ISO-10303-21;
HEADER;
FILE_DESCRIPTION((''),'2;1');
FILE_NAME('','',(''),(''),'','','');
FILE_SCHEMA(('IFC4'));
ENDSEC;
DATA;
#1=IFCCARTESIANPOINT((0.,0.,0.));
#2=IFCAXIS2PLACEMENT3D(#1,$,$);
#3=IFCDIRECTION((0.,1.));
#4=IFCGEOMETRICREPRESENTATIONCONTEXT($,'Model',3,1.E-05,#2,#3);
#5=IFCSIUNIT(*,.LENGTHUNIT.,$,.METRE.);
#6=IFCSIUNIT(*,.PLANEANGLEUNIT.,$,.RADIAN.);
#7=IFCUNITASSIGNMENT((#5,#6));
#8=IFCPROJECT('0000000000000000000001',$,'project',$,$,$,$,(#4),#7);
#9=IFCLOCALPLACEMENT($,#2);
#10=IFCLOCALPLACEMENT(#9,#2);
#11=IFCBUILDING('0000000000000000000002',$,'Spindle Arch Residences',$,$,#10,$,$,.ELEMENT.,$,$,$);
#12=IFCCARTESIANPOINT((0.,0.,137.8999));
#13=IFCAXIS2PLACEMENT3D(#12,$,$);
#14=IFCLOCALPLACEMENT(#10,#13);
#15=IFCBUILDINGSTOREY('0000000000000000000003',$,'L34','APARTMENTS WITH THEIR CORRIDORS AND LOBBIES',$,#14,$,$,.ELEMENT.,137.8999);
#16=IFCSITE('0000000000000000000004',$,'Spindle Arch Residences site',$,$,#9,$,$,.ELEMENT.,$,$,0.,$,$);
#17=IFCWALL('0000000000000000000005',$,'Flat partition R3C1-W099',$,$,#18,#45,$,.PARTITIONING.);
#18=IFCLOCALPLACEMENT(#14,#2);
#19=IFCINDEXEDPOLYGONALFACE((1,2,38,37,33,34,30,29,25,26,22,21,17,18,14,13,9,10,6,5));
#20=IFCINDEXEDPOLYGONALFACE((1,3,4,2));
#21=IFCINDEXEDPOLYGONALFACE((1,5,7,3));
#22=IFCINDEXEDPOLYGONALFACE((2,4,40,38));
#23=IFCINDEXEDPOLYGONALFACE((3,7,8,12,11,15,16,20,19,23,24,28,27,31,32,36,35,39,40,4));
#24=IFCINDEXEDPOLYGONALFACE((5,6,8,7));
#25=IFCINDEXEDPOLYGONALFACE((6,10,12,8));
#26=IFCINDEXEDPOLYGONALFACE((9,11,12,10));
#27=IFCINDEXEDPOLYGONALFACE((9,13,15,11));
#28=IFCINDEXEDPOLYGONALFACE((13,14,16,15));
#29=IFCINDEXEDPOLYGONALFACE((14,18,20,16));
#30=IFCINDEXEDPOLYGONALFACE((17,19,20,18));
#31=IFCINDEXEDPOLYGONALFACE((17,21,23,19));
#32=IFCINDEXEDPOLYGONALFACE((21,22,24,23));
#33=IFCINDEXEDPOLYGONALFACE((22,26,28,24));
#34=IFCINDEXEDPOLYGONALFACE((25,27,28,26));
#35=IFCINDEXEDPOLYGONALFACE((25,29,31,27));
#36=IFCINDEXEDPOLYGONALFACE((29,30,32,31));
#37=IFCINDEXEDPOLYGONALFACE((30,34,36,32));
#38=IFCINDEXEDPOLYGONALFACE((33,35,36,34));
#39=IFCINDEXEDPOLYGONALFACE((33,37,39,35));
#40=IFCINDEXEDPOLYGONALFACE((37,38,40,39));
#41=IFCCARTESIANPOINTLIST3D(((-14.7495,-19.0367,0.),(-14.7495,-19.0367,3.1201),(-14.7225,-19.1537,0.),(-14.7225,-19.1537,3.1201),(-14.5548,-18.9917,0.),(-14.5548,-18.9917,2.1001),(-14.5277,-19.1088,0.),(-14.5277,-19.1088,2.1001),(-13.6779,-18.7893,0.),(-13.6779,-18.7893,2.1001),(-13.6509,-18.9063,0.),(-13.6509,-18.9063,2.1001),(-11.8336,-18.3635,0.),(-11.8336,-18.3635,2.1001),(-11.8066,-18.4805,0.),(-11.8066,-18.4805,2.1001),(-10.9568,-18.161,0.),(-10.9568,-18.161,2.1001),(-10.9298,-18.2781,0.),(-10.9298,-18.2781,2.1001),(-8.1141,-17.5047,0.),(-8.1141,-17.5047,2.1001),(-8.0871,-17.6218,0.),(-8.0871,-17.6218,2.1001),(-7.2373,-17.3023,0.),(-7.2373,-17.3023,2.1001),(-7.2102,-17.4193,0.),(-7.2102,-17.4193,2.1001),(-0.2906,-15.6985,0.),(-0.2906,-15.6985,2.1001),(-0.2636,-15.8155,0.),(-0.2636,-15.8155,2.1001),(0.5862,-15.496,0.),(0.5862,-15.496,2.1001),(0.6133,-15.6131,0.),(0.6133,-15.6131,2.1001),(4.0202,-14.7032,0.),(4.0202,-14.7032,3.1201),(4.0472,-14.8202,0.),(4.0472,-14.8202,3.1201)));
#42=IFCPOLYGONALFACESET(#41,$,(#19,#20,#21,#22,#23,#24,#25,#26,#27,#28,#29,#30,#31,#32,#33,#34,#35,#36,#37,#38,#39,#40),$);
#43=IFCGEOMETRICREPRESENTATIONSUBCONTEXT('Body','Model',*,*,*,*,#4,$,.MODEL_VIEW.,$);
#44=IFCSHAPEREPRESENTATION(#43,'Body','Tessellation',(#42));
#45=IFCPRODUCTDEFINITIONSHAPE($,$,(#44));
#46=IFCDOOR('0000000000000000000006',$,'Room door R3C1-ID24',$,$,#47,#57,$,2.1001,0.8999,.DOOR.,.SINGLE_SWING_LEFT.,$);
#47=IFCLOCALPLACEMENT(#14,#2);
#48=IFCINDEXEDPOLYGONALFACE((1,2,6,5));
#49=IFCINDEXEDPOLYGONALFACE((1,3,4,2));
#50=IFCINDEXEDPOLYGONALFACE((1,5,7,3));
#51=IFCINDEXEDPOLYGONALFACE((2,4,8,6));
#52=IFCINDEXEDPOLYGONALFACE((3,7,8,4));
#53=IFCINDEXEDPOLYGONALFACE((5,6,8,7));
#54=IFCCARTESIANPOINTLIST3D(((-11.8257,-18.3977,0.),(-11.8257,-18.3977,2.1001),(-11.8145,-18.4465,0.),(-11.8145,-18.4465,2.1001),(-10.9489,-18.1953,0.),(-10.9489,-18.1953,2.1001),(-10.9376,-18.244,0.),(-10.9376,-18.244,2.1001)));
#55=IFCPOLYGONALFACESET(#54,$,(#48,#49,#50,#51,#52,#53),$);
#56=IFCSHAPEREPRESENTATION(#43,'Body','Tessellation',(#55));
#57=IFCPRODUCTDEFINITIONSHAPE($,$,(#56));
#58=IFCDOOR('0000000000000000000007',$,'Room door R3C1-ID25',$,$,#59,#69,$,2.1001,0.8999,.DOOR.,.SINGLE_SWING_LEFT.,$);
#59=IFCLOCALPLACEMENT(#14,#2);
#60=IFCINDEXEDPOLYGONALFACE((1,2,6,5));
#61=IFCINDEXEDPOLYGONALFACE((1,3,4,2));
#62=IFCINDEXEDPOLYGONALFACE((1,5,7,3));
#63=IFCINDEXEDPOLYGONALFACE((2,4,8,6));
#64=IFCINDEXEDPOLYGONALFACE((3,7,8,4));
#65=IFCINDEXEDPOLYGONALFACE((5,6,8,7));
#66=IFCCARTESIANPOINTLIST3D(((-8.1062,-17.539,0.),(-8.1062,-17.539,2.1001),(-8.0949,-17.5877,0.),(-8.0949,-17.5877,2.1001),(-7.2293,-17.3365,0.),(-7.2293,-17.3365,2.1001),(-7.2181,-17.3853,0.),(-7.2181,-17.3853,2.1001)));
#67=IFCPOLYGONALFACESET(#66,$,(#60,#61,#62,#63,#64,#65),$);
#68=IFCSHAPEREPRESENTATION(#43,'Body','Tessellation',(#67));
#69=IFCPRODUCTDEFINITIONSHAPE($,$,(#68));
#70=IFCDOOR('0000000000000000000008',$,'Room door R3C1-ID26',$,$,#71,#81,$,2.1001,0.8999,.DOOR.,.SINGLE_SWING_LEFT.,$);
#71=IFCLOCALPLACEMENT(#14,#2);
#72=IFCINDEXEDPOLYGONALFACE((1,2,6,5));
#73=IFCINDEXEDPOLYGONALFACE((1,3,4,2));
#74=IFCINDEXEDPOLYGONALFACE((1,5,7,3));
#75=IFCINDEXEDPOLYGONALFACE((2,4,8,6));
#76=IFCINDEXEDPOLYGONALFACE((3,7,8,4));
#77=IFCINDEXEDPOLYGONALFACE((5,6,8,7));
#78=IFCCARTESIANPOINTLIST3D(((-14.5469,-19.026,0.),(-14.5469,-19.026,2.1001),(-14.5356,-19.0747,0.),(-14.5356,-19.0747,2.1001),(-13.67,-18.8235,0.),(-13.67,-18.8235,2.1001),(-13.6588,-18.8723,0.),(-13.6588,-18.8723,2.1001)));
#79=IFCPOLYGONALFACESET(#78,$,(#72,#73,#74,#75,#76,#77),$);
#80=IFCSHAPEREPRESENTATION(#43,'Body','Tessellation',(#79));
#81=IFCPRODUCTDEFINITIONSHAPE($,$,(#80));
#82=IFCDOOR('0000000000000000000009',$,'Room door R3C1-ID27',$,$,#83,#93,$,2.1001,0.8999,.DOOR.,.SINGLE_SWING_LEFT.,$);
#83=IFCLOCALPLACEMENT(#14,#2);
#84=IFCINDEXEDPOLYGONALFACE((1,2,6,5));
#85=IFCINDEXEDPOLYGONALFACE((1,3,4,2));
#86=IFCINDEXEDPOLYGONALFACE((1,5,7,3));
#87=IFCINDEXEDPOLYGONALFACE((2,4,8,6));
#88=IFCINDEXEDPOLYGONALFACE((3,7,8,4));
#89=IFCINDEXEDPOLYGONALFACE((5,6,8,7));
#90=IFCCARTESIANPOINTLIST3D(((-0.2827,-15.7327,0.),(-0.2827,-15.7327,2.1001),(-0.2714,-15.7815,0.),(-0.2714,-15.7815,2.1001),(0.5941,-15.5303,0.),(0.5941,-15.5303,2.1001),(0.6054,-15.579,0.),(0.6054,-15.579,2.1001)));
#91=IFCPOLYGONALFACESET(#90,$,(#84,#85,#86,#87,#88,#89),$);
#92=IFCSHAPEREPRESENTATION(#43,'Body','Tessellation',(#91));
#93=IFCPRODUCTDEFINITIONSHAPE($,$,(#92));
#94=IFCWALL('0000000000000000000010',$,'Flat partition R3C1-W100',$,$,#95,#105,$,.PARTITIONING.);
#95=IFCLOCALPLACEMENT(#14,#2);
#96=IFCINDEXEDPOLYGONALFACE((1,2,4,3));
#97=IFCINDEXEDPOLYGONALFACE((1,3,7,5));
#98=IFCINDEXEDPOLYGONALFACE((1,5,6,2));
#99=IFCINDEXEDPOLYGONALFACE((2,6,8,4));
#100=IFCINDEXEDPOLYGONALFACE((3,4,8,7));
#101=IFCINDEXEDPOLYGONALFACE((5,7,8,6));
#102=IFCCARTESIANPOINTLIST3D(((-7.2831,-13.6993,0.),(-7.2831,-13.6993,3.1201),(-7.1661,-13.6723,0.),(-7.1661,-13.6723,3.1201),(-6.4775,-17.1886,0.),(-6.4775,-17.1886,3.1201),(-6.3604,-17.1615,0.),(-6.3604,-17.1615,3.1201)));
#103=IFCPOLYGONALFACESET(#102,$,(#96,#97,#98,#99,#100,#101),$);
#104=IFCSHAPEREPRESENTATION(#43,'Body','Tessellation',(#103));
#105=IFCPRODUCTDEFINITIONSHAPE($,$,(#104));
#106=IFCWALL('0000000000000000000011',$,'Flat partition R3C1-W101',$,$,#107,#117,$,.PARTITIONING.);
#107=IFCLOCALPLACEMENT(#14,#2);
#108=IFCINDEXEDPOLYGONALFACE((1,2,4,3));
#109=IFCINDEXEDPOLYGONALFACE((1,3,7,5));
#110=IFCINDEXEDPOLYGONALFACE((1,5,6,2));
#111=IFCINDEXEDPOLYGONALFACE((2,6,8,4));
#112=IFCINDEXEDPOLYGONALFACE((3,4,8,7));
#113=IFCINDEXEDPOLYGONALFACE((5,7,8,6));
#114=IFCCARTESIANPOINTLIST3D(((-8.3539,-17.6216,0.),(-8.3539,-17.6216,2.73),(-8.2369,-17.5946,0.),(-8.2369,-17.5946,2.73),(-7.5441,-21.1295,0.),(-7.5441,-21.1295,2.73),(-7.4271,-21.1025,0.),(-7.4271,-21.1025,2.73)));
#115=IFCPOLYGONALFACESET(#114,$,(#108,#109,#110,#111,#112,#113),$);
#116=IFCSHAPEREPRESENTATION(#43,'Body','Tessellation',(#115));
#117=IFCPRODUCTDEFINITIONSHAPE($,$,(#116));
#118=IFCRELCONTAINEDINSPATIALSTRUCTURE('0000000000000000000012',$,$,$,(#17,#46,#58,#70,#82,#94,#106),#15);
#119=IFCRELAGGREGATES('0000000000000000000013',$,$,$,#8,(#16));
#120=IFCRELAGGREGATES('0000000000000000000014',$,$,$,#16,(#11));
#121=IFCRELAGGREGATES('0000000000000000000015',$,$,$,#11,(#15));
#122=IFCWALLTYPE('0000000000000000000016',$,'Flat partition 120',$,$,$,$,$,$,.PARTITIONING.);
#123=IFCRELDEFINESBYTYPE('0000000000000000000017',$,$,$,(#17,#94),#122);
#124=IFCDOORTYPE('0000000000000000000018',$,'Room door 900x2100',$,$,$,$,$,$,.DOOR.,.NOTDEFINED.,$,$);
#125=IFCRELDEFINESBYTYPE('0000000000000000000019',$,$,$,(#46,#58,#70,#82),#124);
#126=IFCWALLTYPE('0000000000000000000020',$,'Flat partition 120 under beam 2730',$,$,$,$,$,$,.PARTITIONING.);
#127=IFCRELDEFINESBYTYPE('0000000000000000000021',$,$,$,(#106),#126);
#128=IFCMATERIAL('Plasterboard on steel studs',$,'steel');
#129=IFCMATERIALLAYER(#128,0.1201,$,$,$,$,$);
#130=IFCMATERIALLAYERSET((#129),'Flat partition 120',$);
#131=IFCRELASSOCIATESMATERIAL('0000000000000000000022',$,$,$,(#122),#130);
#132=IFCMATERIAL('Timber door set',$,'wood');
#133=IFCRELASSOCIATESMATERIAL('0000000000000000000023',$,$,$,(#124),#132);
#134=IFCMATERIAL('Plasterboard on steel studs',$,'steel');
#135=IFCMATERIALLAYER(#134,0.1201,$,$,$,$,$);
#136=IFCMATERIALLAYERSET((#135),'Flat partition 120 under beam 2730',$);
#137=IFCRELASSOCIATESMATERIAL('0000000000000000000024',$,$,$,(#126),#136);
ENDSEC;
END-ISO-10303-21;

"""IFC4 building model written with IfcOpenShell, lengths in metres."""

from ifc_helpers import new_model, si_unit, direction, frame, frame_2d, origin, place, context, subcontext, project, spatial, rectangle, extrude, material, layer, layer_set, type_object, element, fill, save


model = new_model("IFC4")

# Units and contexts
model_context = context("Model", 3, precision=1e-05, world=origin(), true_north=direction((0.0, 1.0)))
body_context = subcontext(model_context, "Body", "Model", "MODEL_VIEW")
ifc_project = project(units=[si_unit("LENGTHUNIT", "METRE"), si_unit("PLANEANGLEUNIT", "RADIAN")], contexts=[model_context])

# Site, building, storey
site_placement = place(None, origin())
site = spatial("IfcSite", under=ifc_project, at=site_placement, Name="Spindle Arch Residences site", CompositionType="ELEMENT", RefElevation=0.0)
building_placement = place(site_placement, origin())
building = spatial("IfcBuilding", under=site, at=building_placement, Name="Spindle Arch Residences", CompositionType="ELEMENT")
storey_placement = place(building_placement, frame((0.0, 0.0, 137.8999)))
storey = spatial("IfcBuildingStorey", under=building, at=storey_placement, Name="L34", Description="APARTMENTS WITH THEIR CORRIDORS AND LOBBIES", CompositionType="ELEMENT", Elevation=137.8999)

# Shared definitions
ifc_material_1 = material(Name="Plasterboard on steel studs", Category="steel")
ifc_layer_1 = layer(ifc_material_1, 0.1201)
ifc_layer_set_1 = layer_set([ifc_layer_1], Name="Flat partition 120")
wall_type_1 = type_object("IfcWallType", Name="Flat partition 120", PredefinedType="PARTITIONING", material=ifc_layer_set_1)

# Shared definitions
ifc_material_2 = material(Name="Timber door set", Category="wood")
door_type = type_object("IfcDoorType", Name="Room door 900x2100", OperationType="NOTDEFINED", PredefinedType="DOOR", material=ifc_material_2)

# Wall, openings, doors
wall_1_placement = place(storey_placement, frame((-14.7361, -19.0952, 0.0), z_axis=(0.0, 0.0, 1.0), x_axis=(0.974368, 0.224959, 0.0)))
wall_1 = element("IfcWall", 1, at=wall_1_placement, inside=storey, type_object=wall_type_1, Name="Flat partition R3C1-W099", PredefinedType="PARTITIONING", context=body_context, shape_type="SweptSolid", body=[
    extrude(rectangle(XDim=19.2634, YDim=0.1201, at=frame_2d((9.6318, 0.0))), origin(), (0.0, 0.0, 1.0), 3.1201),
])
opening_1_placement = place(wall_1_placement, frame((2.9927, 0.0, 0.0)))
opening_1 = element("IfcOpeningElement", 2, at=opening_1_placement, cuts=wall_1, PredefinedType="OPENING", context=body_context, shape_type="SweptSolid", body=[
    extrude(rectangle(XDim=0.8999, YDim=2.1001, at=frame_2d((0.45, 1.05))), frame((0.0, 0.0701, 0.0), z_axis=(0.0, -1.0, 0.0), x_axis=(1.0, 0.0, 0.0)), (0.0, 0.0, 1.0), 0.1401),
])
opening_2_placement = place(wall_1_placement, frame((6.8101, 0.0, 0.0)))
opening_2 = element("IfcOpeningElement", 3, at=opening_2_placement, cuts=wall_1, PredefinedType="OPENING", context=body_context, shape_type="SweptSolid", body=[
    extrude(rectangle(XDim=0.8999, YDim=2.1001, at=frame_2d((0.45, 1.05))), frame((0.0, 0.0701, 0.0), z_axis=(0.0, -1.0, 0.0), x_axis=(1.0, 0.0, 0.0)), (0.0, 0.0, 1.0), 0.1401),
])
opening_3_placement = place(wall_1_placement, frame((0.2, 0.0, 0.0)))
opening_3 = element("IfcOpeningElement", 4, at=opening_3_placement, cuts=wall_1, PredefinedType="OPENING", context=body_context, shape_type="SweptSolid", body=[
    extrude(rectangle(XDim=0.8999, YDim=2.1001, at=frame_2d((0.45, 1.05))), frame((0.0, 0.0701, 0.0), z_axis=(0.0, -1.0, 0.0), x_axis=(1.0, 0.0, 0.0)), (0.0, 0.0, 1.0), 0.1401),
])
opening_4_placement = place(wall_1_placement, frame((14.8394, 0.0, 0.0)))
opening_4 = element("IfcOpeningElement", 5, at=opening_4_placement, cuts=wall_1, PredefinedType="OPENING", context=body_context, shape_type="SweptSolid", body=[
    extrude(rectangle(XDim=0.8999, YDim=2.1001, at=frame_2d((0.45, 1.05))), frame((0.0, 0.0701, 0.0), z_axis=(0.0, -1.0, 0.0), x_axis=(1.0, 0.0, 0.0)), (0.0, 0.0, 1.0), 0.1401),
])
door_1_placement = place(opening_1_placement, origin())
door_1 = element("IfcDoor", 6, at=door_1_placement, inside=storey, type_object=door_type, Name="Room door R3C1-ID24", OperationType="SINGLE_SWING_LEFT", OverallHeight=2.1001, OverallWidth=0.8999, PredefinedType="DOOR", context=body_context, shape_type="SweptSolid", body=[
    extrude(rectangle(XDim=0.8999, YDim=2.1001, at=frame_2d((0.45, 1.05))), frame((0.0, 0.0249, 0.0), z_axis=(0.0, -1.0, 0.0), x_axis=(1.0, 0.0, 0.0)), (0.0, 0.0, 1.0), 0.05),
])
fill(opening_1, door_1)
door_2_placement = place(opening_2_placement, origin())
door_2 = element("IfcDoor", 7, at=door_2_placement, inside=storey, type_object=door_type, Name="Room door R3C1-ID25", OperationType="SINGLE_SWING_LEFT", OverallHeight=2.1001, OverallWidth=0.8999, PredefinedType="DOOR", context=body_context, shape_type="SweptSolid", body=[
    extrude(rectangle(XDim=0.8999, YDim=2.1001, at=frame_2d((0.45, 1.05))), frame((0.0, 0.0249, 0.0), z_axis=(0.0, -1.0, 0.0), x_axis=(1.0, 0.0, 0.0)), (0.0, 0.0, 1.0), 0.05),
])
fill(opening_2, door_2)
door_3_placement = place(opening_3_placement, origin())
door_3 = element("IfcDoor", 8, at=door_3_placement, inside=storey, type_object=door_type, Name="Room door R3C1-ID26", OperationType="SINGLE_SWING_LEFT", OverallHeight=2.1001, OverallWidth=0.8999, PredefinedType="DOOR", context=body_context, shape_type="SweptSolid", body=[
    extrude(rectangle(XDim=0.8999, YDim=2.1001, at=frame_2d((0.45, 1.05))), frame((0.0, 0.0249, 0.0), z_axis=(0.0, -1.0, 0.0), x_axis=(1.0, 0.0, 0.0)), (0.0, 0.0, 1.0), 0.05),
])
fill(opening_3, door_3)
door_4_placement = place(opening_4_placement, origin())
door_4 = element("IfcDoor", 9, at=door_4_placement, inside=storey, type_object=door_type, Name="Room door R3C1-ID27", OperationType="SINGLE_SWING_LEFT", OverallHeight=2.1001, OverallWidth=0.8999, PredefinedType="DOOR", context=body_context, shape_type="SweptSolid", body=[
    extrude(rectangle(XDim=0.8999, YDim=2.1001, at=frame_2d((0.45, 1.05))), frame((0.0, 0.0249, 0.0), z_axis=(0.0, -1.0, 0.0), x_axis=(1.0, 0.0, 0.0)), (0.0, 0.0, 1.0), 0.05),
])
fill(opening_4, door_4)

# Walls
wall_2_placement = place(storey_placement, frame((-6.4189, -17.175, 0.0), z_axis=(0.0, 0.0, 1.0), x_axis=(-0.224979, 0.974364, 0.0)))
element("IfcWall", 10, at=wall_2_placement, inside=storey, type_object=wall_type_1, Name="Flat partition R3C1-W100", PredefinedType="PARTITIONING", context=body_context, shape_type="SweptSolid", body=[
    extrude(rectangle(XDim=3.5811, YDim=0.1201, at=frame_2d((1.7905, 0.0))), origin(), (0.0, 0.0, 1.0), 3.1201),
])
ifc_material_3 = material(Name="Plasterboard on steel studs", Category="steel")
ifc_layer_2 = layer(ifc_material_3, 0.1201)
ifc_layer_set_2 = layer_set([ifc_layer_2], Name="Flat partition 120 under beam 2730")
wall_type_2 = type_object("IfcWallType", Name="Flat partition 120 under beam 2730", PredefinedType="PARTITIONING", material=ifc_layer_set_2)
wall_3_placement = place(storey_placement, frame((-7.4856, -21.116, 0.0), z_axis=(0.0, 0.0, 1.0), x_axis=(-0.224944, 0.974372, 0.0)))
element("IfcWall", 11, at=wall_3_placement, inside=storey, type_object=wall_type_2, Name="Flat partition R3C1-W101", PredefinedType="PARTITIONING", context=body_context, shape_type="SweptSolid", body=[
    extrude(rectangle(XDim=3.6001, YDim=0.1201, at=frame_2d((1.8, 0.0))), origin(), (0.0, 0.0, 1.0), 2.73),
])

save(model, "model.ifc")
